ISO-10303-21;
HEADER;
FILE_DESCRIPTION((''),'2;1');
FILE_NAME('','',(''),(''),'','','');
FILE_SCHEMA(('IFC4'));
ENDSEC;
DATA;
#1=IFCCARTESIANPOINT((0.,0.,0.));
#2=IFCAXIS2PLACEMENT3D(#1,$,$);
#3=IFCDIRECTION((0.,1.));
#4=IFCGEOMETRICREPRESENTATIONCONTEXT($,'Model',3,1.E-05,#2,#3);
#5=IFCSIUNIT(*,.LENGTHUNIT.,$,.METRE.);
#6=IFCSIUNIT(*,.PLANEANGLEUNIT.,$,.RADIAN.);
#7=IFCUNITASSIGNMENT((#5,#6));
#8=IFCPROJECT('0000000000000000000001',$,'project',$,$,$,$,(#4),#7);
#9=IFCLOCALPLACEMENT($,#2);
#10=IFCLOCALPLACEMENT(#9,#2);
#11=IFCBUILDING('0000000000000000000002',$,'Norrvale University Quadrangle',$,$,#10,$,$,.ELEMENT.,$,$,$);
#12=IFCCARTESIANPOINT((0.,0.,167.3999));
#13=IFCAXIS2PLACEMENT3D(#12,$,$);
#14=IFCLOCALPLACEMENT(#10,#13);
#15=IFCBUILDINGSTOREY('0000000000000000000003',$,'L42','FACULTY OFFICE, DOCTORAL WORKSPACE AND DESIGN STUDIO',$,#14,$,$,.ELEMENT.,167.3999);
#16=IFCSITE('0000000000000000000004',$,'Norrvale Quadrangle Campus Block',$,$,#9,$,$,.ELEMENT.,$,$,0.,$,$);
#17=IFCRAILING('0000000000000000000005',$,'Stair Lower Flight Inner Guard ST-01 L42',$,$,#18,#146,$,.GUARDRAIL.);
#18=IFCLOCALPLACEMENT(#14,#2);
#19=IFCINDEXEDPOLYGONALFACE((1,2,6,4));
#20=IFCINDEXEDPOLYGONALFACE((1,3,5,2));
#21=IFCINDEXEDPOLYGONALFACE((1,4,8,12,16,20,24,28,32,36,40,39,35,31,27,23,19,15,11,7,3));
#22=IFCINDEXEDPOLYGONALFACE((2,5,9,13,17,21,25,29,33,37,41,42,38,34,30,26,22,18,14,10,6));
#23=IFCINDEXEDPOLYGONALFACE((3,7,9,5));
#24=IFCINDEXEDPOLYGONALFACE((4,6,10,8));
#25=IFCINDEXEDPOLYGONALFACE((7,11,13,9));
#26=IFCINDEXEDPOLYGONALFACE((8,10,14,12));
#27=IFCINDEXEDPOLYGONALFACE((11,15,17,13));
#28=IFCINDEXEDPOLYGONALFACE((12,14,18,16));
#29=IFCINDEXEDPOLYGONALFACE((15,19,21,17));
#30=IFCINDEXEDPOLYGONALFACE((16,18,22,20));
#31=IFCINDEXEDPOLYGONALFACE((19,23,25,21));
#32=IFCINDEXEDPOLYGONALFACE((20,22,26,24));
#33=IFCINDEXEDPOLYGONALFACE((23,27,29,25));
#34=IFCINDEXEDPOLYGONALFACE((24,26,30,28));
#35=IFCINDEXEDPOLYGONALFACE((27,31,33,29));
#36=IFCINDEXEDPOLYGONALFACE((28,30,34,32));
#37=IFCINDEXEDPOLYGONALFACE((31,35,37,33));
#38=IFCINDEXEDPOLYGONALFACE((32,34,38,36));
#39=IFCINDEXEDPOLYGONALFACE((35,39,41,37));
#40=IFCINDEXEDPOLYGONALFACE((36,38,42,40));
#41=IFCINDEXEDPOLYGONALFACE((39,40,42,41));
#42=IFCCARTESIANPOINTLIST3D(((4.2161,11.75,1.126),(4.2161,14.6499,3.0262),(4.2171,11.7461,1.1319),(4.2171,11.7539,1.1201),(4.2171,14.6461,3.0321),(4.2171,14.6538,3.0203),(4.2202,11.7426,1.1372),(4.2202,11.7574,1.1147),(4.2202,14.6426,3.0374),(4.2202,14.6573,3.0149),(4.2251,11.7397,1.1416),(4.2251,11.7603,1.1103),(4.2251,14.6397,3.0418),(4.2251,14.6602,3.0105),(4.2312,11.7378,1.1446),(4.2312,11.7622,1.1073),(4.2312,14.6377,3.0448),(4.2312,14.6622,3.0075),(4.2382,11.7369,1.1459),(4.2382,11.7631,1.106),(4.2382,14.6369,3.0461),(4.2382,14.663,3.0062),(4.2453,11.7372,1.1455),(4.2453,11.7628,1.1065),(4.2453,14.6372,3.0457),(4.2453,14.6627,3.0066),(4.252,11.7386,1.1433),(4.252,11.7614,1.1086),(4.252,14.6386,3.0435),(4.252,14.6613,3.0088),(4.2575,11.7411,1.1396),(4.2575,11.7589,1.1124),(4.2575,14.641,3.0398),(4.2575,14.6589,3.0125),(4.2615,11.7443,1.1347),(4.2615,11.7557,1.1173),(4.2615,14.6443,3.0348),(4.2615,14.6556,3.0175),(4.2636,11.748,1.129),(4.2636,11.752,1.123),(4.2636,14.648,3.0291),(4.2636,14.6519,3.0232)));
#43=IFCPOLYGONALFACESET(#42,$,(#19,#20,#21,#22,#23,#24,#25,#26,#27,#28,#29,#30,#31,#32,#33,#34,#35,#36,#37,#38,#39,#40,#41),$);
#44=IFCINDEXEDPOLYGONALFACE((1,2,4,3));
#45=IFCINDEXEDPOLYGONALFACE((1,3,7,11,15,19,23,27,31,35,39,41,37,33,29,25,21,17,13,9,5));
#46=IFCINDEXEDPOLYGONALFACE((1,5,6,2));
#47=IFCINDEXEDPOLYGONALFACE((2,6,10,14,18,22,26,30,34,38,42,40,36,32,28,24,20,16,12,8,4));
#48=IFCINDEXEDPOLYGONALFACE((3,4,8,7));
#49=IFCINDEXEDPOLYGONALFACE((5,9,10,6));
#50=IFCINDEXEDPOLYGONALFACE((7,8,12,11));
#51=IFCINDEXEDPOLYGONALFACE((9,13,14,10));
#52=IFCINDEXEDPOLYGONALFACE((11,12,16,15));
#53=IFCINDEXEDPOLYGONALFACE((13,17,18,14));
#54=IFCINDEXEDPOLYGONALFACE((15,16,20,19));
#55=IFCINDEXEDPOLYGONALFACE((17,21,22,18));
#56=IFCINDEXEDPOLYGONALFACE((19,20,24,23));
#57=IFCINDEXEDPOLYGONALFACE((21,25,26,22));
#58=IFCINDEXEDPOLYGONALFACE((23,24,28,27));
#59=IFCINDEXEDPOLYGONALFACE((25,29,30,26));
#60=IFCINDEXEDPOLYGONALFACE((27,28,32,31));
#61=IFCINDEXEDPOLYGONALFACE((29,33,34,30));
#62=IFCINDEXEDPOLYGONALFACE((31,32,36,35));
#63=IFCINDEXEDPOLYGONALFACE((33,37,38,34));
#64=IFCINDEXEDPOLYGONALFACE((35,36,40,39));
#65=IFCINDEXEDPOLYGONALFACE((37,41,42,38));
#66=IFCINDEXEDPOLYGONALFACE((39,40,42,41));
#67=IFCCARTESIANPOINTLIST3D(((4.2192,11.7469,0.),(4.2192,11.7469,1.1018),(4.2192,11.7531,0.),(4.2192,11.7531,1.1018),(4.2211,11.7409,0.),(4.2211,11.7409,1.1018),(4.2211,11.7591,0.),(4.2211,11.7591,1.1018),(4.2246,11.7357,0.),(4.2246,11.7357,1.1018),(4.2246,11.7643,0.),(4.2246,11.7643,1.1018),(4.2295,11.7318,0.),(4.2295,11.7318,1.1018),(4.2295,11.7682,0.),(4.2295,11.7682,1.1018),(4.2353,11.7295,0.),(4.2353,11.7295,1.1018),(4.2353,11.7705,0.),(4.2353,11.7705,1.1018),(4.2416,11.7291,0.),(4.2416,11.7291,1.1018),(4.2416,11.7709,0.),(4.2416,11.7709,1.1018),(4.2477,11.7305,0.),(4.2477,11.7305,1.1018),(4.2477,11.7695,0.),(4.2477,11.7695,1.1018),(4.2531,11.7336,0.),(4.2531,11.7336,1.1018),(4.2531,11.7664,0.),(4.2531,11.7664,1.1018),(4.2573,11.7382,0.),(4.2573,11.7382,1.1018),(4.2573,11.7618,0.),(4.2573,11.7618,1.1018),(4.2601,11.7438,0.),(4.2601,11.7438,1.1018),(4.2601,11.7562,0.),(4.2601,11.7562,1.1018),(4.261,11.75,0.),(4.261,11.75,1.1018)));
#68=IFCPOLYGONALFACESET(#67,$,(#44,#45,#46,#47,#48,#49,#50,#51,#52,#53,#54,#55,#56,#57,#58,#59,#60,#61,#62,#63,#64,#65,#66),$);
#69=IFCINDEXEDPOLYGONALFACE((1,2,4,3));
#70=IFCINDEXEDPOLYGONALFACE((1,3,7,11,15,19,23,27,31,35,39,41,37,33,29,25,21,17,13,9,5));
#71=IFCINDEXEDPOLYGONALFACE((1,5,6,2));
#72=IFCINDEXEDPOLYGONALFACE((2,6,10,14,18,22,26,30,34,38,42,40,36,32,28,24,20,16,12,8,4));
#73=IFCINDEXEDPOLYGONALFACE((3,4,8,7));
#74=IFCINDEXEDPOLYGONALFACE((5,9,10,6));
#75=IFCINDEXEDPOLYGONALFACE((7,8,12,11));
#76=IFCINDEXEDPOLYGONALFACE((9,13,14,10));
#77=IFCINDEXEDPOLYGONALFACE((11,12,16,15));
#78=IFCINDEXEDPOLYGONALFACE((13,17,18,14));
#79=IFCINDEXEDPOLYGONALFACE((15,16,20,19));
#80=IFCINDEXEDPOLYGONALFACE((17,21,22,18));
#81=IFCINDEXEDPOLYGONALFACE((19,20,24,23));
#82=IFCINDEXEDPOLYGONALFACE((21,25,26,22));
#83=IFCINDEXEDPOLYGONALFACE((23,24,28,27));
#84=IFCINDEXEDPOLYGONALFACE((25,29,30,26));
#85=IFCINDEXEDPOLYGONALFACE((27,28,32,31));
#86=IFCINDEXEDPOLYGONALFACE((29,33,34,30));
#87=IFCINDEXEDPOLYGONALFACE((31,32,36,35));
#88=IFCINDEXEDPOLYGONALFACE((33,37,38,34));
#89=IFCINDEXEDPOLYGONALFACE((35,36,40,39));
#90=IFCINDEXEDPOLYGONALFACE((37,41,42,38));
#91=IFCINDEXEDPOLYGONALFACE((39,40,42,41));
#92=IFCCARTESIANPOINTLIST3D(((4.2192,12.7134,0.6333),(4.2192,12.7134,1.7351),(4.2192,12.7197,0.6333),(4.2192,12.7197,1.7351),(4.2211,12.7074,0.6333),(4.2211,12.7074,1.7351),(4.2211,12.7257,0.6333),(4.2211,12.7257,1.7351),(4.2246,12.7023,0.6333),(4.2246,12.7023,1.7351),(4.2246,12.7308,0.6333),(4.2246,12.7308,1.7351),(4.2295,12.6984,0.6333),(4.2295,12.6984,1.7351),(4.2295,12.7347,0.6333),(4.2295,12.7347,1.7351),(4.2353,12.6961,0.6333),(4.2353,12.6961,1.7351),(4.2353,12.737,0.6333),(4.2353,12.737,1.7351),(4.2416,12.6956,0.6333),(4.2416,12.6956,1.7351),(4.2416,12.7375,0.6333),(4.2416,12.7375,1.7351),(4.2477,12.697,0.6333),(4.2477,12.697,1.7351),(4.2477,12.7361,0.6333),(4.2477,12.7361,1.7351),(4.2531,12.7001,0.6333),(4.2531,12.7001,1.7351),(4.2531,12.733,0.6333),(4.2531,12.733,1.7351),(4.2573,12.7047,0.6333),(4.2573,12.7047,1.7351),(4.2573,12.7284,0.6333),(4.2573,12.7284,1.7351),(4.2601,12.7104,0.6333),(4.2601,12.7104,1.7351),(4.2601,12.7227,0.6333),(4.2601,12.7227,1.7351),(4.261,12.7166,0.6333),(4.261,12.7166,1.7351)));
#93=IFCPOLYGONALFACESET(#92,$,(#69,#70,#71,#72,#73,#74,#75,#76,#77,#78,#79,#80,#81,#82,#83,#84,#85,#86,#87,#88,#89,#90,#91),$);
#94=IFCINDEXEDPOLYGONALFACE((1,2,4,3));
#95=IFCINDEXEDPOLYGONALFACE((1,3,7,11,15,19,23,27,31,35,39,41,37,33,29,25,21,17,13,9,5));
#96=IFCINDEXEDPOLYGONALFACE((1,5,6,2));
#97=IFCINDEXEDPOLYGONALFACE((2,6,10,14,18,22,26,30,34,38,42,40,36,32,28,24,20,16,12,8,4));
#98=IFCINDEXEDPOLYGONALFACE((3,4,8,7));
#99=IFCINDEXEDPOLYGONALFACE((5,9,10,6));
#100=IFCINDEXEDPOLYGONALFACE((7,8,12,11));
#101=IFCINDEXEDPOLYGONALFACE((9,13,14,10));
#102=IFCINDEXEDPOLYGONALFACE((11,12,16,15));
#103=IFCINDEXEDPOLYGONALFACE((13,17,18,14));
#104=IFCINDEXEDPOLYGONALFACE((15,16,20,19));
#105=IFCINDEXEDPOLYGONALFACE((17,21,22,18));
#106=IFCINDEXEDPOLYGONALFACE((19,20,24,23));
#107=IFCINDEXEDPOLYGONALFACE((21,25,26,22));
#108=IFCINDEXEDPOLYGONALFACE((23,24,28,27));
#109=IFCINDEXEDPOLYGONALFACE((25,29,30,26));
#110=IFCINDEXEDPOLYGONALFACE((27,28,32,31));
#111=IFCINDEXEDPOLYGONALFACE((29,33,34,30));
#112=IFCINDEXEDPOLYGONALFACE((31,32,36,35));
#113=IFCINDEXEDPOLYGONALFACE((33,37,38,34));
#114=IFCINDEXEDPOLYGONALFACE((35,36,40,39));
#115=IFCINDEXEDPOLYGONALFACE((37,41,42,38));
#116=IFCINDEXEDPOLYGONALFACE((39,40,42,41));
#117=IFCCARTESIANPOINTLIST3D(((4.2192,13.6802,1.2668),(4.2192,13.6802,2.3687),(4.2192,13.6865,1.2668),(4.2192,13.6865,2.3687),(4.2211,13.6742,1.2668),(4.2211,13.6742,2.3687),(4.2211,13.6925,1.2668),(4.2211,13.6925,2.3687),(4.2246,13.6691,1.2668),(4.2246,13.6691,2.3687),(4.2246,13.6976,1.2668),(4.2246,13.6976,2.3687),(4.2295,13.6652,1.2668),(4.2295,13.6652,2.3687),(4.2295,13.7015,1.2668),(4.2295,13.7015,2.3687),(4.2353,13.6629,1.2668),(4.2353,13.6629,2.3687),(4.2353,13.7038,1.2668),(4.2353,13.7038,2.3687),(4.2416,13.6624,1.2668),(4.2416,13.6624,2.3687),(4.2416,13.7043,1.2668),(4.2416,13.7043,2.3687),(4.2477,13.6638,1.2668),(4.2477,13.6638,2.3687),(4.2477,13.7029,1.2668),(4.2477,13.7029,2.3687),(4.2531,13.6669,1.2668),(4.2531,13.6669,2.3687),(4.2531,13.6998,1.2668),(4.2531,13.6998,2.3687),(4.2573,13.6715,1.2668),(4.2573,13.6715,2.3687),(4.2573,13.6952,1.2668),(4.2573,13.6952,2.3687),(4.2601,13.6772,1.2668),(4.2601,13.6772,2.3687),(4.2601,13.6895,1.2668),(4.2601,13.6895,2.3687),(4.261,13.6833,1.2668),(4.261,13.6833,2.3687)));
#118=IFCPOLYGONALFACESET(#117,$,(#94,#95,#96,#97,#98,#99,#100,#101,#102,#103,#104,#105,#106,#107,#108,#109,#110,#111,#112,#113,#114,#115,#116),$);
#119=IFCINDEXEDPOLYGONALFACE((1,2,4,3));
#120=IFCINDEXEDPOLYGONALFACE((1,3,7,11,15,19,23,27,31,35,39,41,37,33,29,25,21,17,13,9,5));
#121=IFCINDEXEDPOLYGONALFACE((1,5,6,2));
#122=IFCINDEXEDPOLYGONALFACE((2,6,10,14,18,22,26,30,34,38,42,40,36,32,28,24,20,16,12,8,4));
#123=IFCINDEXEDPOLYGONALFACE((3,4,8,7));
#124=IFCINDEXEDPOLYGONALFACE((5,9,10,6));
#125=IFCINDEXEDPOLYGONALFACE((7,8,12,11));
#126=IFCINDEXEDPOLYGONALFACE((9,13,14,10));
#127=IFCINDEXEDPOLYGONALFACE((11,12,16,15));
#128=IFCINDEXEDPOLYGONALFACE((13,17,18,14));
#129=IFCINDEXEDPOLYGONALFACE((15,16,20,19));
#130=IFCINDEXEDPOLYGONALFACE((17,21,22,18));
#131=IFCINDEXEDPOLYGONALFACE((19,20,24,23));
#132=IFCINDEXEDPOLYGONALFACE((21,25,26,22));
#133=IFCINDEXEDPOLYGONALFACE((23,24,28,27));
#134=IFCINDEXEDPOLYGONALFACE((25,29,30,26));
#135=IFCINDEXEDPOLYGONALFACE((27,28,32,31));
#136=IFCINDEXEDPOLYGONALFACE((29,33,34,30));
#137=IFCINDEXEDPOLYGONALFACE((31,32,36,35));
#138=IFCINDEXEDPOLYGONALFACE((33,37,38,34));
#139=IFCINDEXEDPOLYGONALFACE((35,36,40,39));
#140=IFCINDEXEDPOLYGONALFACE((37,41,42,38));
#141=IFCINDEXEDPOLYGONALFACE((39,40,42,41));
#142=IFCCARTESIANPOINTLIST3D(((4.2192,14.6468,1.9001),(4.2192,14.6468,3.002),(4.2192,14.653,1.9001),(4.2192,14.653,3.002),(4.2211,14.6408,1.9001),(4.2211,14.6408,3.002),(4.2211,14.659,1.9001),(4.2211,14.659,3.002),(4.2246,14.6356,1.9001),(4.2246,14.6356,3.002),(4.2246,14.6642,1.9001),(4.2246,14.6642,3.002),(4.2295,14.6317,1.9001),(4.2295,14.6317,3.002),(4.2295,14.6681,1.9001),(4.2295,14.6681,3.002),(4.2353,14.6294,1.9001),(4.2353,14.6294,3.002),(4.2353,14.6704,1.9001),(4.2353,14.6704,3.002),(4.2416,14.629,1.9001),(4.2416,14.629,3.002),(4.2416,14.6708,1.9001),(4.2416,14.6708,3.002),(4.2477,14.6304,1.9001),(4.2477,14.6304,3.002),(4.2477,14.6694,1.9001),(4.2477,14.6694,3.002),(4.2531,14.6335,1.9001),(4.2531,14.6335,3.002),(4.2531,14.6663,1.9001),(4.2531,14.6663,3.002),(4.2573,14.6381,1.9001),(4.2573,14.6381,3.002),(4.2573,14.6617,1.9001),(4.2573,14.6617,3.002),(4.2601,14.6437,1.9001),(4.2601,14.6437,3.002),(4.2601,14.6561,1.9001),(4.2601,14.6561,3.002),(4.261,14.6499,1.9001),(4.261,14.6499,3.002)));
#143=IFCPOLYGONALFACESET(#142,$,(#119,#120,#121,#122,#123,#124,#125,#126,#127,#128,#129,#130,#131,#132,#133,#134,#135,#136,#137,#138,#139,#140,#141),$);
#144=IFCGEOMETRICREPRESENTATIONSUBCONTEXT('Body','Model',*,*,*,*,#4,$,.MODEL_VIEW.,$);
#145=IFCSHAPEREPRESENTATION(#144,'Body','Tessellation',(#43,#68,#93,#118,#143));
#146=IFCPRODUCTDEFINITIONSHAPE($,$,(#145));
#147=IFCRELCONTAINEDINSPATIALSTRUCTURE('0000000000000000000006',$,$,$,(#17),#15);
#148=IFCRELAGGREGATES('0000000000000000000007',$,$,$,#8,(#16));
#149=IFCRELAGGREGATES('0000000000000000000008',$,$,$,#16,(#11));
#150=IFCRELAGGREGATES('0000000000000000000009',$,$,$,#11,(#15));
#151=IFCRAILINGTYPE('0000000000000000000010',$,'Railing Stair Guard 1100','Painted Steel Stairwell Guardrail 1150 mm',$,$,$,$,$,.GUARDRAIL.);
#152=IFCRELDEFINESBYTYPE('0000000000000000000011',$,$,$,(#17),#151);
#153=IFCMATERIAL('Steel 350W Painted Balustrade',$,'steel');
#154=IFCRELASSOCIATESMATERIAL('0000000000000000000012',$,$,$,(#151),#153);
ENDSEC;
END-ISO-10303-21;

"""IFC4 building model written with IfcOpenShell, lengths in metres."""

from ifc_helpers import new_model, si_unit, direction, frame, origin, origin_2d, place, context, subcontext, project, spatial, circle, extrude, material, type_object, element, save


model = new_model("IFC4")

# Units and contexts
model_context = context("Model", 3, precision=1e-05, world=origin(), true_north=direction((0.0, 1.0)))
body_context = subcontext(model_context, "Body", "Model", "MODEL_VIEW")
ifc_project = project(units=[si_unit("LENGTHUNIT", "METRE"), si_unit("PLANEANGLEUNIT", "RADIAN")], contexts=[model_context])

# Site, building, storey
site_placement = place(None, origin())
site = spatial("IfcSite", under=ifc_project, at=site_placement, Name="Norrvale Quadrangle Campus Block", CompositionType="ELEMENT", RefElevation=0.0)
building_placement = place(site_placement, origin())
building = spatial("IfcBuilding", under=site, at=building_placement, Name="Norrvale University Quadrangle", CompositionType="ELEMENT")
storey_placement = place(building_placement, frame((0.0, 0.0, 167.3999)))
storey = spatial("IfcBuildingStorey", under=building, at=storey_placement, Name="L42", Description="FACULTY OFFICE, DOCTORAL WORKSPACE AND DESIGN STUDIO", CompositionType="ELEMENT", Elevation=167.3999)

# Railing
ifc_material_1 = material(Name="Steel 350W Painted Balustrade", Category="steel")
railing_type_1 = type_object("IfcRailingType", Name="Railing Stair Guard 1100", Description="Painted Steel Stairwell Guardrail 1150 mm", PredefinedType="GUARDRAIL", material=ifc_material_1)
railing_1_placement = place(storey_placement, frame((4.24, 11.75, 0.0)))
element("IfcRailing", 1, at=railing_1_placement, inside=storey, type_object=railing_type_1, Name="Stair Lower Flight Inner Guard ST-01 L42", PredefinedType="GUARDRAIL", context=body_context, shape_type="SweptSolid", body=[
    extrude(circle(Radius=0.0239, at=origin_2d()), frame((0.0, 0.0, 1.126), z_axis=(0.0, 0.836433, 0.548069), x_axis=(-1.0, 0.0, 0.0)), (0.0, 0.0, 1.0), 3.467),
    extrude(circle(Radius=0.021, at=origin_2d()), origin(), (0.0, 0.0, 1.0), 1.1018),
    extrude(circle(Radius=0.021, at=origin_2d()), frame((0.0, 0.9666, 0.6333)), (0.0, 0.0, 1.0), 1.1018),
    extrude(circle(Radius=0.021, at=origin_2d()), frame((0.0, 1.9333, 1.2668)), (0.0, 0.0, 1.0), 1.1018),
    extrude(circle(Radius=0.021, at=origin_2d()), frame((0.0, 2.8999, 1.9001)), (0.0, 0.0, 1.0), 1.1018),
])

save(model, "model.ifc")
